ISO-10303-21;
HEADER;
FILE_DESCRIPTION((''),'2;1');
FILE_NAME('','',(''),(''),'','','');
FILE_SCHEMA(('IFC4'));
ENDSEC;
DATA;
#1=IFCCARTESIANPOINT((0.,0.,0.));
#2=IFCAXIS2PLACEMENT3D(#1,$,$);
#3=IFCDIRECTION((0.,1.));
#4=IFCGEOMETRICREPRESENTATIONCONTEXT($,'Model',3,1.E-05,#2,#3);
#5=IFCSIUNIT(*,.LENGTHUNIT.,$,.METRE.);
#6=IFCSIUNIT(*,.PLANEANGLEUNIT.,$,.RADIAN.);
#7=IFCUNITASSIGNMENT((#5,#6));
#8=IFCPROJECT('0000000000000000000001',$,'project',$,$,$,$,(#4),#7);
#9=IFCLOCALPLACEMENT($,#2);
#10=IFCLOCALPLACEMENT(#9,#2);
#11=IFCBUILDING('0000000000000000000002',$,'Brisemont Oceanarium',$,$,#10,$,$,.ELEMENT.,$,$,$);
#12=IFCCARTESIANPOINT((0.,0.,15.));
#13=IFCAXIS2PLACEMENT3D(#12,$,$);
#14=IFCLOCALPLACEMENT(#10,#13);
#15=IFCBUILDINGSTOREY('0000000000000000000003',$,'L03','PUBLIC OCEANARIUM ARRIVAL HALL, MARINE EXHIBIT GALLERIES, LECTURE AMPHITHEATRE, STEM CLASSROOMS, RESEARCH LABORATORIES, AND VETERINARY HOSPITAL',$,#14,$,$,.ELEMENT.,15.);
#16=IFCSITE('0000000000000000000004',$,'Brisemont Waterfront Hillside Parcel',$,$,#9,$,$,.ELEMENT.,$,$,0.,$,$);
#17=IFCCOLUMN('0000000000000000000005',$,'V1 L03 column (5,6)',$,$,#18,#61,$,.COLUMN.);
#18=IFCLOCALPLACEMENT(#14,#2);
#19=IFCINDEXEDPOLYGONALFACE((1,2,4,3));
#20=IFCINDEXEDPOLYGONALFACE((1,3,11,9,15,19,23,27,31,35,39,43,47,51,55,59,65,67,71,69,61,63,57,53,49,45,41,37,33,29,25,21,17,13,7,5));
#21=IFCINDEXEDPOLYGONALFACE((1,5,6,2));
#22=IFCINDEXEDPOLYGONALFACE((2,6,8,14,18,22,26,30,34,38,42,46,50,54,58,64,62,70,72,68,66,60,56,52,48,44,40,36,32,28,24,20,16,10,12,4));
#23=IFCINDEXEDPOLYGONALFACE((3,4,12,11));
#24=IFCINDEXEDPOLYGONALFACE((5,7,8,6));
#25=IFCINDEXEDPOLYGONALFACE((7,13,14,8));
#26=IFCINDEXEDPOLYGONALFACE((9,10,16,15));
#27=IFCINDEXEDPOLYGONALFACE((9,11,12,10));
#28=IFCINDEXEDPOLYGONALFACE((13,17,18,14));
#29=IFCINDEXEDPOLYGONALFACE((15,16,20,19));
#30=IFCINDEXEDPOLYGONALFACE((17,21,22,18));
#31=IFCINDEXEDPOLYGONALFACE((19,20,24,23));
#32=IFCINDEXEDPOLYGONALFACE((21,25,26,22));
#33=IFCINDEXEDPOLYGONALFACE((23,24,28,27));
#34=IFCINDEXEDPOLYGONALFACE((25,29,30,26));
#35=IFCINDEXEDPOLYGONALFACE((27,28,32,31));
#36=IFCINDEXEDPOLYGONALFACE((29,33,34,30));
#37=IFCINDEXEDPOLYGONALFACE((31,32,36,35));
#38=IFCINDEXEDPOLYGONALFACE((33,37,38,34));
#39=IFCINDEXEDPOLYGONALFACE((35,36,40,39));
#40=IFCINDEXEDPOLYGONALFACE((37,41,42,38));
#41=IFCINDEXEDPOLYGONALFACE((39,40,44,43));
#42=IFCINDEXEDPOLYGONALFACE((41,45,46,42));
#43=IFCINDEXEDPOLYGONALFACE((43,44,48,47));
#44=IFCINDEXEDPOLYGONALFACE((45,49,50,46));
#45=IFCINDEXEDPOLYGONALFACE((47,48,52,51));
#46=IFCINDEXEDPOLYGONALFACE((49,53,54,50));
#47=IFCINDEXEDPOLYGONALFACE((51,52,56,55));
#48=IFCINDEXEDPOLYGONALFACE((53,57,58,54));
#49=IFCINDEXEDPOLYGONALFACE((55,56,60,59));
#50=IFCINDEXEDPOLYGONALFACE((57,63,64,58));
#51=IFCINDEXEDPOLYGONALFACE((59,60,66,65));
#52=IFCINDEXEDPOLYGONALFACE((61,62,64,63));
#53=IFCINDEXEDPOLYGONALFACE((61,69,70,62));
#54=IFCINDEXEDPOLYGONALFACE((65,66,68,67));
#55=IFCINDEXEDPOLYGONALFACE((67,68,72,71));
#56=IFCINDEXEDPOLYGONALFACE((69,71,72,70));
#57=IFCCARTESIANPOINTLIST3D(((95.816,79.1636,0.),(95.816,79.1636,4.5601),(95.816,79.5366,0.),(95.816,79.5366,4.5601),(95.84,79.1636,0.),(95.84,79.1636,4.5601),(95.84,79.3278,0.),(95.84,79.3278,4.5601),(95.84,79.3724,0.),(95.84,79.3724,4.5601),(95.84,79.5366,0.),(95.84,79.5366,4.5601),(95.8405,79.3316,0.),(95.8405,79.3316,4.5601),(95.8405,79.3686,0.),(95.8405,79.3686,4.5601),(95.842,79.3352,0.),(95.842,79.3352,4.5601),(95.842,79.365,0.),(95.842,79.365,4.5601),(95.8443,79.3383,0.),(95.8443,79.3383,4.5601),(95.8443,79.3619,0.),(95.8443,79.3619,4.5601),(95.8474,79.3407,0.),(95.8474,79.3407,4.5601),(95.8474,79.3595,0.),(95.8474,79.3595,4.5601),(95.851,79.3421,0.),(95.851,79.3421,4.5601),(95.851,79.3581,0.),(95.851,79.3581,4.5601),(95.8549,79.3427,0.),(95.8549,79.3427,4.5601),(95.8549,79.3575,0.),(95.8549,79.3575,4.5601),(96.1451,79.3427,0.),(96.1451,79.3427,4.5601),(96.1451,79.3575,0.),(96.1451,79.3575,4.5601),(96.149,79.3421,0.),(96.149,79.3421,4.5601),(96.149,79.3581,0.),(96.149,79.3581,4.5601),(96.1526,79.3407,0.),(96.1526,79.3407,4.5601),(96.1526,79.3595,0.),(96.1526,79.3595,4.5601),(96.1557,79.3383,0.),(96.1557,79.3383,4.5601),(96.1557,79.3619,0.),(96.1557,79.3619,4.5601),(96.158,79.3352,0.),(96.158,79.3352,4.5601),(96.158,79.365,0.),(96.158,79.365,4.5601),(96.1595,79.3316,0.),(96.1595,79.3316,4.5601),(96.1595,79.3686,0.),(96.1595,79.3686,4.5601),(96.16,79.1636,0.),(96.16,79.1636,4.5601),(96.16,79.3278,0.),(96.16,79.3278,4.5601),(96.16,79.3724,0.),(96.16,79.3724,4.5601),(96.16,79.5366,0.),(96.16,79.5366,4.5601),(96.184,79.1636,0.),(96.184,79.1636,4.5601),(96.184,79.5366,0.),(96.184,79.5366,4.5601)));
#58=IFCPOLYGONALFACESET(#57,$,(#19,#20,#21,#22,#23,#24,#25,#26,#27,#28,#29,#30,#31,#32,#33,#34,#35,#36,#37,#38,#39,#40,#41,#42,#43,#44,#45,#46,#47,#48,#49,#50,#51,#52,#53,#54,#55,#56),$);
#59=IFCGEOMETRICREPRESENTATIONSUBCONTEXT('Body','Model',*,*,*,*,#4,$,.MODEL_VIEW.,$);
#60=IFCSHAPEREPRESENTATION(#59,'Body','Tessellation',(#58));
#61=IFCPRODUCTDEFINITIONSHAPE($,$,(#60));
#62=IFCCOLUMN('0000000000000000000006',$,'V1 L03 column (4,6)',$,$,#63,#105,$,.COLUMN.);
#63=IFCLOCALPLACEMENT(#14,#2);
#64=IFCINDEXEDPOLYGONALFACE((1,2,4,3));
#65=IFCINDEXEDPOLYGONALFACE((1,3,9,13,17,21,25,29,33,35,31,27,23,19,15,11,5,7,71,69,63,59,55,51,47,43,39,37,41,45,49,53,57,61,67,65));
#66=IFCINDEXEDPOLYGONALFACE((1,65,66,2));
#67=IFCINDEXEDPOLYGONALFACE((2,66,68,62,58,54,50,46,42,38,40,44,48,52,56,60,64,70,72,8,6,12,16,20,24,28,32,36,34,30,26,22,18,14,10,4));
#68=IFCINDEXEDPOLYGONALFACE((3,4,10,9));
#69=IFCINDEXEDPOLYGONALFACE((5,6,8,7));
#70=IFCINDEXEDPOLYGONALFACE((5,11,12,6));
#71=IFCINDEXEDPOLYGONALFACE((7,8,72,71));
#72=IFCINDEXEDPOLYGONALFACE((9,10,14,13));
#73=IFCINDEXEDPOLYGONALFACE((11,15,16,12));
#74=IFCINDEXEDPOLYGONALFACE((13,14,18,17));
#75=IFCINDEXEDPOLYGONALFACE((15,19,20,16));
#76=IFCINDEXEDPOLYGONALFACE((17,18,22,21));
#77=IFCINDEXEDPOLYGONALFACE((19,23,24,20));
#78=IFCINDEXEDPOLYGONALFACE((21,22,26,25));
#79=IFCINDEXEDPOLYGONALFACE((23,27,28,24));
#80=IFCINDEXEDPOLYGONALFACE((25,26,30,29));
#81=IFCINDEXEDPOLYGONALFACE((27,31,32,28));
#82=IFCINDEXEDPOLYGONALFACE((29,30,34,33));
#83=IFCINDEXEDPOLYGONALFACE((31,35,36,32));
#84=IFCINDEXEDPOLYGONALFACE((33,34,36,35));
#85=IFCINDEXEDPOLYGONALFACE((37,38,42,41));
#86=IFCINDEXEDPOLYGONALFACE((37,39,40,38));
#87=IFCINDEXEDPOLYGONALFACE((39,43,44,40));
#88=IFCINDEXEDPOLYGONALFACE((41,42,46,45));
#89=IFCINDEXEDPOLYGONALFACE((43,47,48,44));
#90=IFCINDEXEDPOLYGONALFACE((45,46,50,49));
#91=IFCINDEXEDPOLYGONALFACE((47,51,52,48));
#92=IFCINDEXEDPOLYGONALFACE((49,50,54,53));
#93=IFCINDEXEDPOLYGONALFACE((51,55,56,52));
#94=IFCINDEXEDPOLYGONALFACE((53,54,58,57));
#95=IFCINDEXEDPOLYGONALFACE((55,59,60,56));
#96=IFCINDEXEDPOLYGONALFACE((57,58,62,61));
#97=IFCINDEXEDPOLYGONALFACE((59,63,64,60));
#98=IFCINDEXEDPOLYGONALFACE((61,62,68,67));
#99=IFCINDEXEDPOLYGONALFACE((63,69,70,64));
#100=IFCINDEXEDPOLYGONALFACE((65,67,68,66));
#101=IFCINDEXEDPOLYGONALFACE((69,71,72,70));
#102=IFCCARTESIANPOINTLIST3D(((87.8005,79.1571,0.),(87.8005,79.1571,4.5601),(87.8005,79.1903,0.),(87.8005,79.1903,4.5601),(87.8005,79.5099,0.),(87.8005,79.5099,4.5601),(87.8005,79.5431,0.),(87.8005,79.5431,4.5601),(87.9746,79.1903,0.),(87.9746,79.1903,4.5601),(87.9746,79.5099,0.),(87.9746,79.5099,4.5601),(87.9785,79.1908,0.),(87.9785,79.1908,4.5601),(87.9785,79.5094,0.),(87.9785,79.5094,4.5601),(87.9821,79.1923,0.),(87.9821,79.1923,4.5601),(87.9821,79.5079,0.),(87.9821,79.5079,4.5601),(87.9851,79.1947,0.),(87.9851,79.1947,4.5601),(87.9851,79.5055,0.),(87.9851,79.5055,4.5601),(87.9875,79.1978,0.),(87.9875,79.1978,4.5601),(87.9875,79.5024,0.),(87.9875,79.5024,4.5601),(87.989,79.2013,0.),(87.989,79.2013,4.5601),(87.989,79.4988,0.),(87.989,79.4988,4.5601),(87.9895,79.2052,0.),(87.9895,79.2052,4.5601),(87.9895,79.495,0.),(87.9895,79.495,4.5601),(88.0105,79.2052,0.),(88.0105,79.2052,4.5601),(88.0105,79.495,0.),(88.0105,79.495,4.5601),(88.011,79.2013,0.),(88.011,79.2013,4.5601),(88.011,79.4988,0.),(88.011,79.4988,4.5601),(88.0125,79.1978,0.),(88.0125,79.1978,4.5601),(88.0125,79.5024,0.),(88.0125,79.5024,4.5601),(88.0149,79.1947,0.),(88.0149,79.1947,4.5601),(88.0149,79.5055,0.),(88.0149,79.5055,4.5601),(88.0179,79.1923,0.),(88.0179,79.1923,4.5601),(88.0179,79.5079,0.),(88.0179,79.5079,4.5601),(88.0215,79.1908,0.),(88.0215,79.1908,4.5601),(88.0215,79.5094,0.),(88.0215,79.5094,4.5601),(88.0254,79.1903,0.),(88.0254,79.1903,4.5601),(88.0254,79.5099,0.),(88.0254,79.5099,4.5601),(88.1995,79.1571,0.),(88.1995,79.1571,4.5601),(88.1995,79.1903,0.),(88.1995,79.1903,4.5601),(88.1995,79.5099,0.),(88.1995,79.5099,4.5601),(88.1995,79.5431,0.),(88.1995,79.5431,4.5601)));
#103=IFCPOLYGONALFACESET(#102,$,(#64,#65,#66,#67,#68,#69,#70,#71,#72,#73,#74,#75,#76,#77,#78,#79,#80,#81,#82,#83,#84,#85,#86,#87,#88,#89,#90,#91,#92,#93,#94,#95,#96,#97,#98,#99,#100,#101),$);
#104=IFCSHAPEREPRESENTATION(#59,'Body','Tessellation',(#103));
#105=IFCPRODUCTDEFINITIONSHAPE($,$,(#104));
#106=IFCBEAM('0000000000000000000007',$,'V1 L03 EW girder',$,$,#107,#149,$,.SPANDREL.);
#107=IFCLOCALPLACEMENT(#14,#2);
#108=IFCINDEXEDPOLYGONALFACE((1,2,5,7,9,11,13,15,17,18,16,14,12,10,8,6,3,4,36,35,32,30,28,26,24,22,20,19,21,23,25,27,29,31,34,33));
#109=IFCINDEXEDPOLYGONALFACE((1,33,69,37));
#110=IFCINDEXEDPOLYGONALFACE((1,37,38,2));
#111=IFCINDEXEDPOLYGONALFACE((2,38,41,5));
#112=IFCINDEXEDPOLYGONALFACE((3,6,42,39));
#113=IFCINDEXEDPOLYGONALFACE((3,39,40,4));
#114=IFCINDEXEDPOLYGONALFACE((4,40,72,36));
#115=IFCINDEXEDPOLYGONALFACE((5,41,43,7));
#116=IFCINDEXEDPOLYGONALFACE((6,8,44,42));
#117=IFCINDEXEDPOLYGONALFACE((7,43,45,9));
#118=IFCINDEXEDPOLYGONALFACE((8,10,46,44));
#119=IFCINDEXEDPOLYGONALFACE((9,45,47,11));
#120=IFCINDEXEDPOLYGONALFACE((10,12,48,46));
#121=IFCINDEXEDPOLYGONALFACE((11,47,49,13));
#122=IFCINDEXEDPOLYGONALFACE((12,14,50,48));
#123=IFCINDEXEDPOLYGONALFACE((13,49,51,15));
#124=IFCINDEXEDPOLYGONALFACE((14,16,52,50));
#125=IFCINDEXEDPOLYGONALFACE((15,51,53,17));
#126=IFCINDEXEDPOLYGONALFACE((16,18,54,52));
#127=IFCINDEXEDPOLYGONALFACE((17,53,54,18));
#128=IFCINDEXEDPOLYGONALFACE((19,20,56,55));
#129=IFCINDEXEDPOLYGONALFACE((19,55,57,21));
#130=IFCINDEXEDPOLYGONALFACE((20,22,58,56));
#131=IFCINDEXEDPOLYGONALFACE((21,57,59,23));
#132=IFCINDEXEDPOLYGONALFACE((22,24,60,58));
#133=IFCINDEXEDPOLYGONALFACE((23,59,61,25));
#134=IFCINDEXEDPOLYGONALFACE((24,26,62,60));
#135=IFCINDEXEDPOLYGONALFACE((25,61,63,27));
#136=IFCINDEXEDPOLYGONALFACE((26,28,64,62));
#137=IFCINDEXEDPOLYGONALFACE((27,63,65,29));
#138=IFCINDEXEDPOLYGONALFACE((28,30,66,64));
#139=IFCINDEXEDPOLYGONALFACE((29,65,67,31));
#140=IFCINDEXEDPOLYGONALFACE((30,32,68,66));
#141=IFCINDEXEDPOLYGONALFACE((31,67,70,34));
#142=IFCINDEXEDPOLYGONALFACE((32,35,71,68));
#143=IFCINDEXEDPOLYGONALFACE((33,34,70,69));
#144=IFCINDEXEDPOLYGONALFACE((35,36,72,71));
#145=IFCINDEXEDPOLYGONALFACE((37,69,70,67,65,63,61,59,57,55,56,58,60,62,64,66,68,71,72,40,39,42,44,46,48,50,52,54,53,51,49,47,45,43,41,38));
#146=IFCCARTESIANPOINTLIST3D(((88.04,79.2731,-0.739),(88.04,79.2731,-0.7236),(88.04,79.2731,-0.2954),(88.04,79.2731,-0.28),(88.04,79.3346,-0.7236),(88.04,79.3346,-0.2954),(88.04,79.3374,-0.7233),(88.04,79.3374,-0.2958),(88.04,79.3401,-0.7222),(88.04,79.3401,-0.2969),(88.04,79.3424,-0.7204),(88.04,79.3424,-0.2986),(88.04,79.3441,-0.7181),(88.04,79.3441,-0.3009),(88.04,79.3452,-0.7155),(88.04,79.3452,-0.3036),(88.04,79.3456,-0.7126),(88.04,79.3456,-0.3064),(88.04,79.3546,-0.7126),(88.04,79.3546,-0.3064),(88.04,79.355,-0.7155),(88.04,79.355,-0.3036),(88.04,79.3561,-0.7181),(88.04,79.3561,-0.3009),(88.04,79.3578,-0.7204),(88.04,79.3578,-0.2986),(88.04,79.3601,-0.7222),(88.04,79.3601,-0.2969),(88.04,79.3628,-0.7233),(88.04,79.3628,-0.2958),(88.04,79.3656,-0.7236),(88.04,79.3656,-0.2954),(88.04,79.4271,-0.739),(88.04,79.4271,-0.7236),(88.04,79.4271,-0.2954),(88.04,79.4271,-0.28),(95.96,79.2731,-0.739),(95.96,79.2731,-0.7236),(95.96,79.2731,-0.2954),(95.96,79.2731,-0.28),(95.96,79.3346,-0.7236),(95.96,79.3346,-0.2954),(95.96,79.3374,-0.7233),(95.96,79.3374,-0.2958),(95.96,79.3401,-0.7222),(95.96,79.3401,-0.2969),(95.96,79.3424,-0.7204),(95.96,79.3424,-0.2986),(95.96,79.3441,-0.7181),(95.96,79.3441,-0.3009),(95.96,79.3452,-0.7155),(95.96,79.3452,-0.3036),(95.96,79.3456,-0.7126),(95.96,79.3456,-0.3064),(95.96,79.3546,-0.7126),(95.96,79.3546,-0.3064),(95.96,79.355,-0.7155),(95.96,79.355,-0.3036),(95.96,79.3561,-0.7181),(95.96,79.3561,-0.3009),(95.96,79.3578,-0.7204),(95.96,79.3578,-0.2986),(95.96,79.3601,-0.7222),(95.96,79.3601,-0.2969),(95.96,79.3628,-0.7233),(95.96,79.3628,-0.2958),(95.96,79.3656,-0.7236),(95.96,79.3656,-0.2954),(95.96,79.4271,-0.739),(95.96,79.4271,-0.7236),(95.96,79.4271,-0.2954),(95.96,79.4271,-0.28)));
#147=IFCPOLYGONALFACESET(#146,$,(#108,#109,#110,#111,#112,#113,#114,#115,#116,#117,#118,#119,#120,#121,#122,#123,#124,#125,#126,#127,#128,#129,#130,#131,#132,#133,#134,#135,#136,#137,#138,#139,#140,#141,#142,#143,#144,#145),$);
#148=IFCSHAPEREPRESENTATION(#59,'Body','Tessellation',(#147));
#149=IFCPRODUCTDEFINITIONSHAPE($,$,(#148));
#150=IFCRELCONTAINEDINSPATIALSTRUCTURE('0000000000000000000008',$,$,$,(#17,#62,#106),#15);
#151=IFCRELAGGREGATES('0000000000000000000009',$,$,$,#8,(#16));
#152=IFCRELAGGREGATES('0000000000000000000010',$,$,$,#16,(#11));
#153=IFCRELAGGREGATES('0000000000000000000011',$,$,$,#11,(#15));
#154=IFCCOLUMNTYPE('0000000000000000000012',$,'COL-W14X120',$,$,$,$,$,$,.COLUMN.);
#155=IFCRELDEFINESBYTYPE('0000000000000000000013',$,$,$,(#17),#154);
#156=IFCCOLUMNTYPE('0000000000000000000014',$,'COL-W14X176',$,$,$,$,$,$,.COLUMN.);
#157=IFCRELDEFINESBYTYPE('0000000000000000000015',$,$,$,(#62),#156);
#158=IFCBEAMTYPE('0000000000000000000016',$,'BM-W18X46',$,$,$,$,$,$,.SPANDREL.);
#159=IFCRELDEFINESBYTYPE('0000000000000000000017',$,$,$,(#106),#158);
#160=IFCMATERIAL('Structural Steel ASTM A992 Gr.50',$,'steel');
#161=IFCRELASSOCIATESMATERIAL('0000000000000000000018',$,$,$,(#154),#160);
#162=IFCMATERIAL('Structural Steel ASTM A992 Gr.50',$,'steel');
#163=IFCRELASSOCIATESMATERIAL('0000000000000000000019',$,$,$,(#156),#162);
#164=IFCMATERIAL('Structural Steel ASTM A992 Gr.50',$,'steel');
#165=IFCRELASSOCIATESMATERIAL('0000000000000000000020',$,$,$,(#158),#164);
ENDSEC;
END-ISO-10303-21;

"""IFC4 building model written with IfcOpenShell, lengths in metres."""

from ifc_helpers import new_model, si_unit, direction, frame, origin, origin_2d, place, context, subcontext, project, spatial, i_section, extrude, material, material_profile, profile_set, type_object, element, save


model = new_model("IFC4")

# Units and contexts
model_context = context("Model", 3, precision=1e-05, world=origin(), true_north=direction((0.0, 1.0)))
body_context = subcontext(model_context, "Body", "Model", "MODEL_VIEW")
ifc_project = project(units=[si_unit("LENGTHUNIT", "METRE"), si_unit("PLANEANGLEUNIT", "RADIAN")], contexts=[model_context])

# Site, building, storey
site_placement = place(None, origin())
site = spatial("IfcSite", under=ifc_project, at=site_placement, Name="Brisemont Waterfront Hillside Parcel", CompositionType="ELEMENT", RefElevation=0.0)
building_placement = place(site_placement, origin())
building = spatial("IfcBuilding", under=site, at=building_placement, Name="Brisemont Oceanarium", CompositionType="ELEMENT")
storey_placement = place(building_placement, frame((0.0, 0.0, 15.0)))
storey = spatial("IfcBuildingStorey", under=building, at=storey_placement, Name="L03", Description="PUBLIC OCEANARIUM ARRIVAL HALL, MARINE EXHIBIT GALLERIES, LECTURE AMPHITHEATRE, STEM CLASSROOMS, RESEARCH LABORATORIES, AND VETERINARY HOSPITAL", CompositionType="ELEMENT", Elevation=15.0)

# Columns
ifc_material_1 = material(Name="Structural Steel ASTM A992 Gr.50", Category="steel")
ifc_material_profile_1 = material_profile(ifc_material_1, i_section(OverallWidth=0.373, OverallDepth=0.3679, WebThickness=0.0149, FlangeThickness=0.0239, FilletRadius=0.0149, at=origin_2d()), Name="W14X120")
ifc_profile_set_1 = profile_set([ifc_material_profile_1], Name="Structural Steel ASTM A992 Gr.50")
column_type_1 = type_object("IfcColumnType", Name="COL-W14X120", PredefinedType="COLUMN", material=ifc_profile_set_1)
column_1_placement = place(storey_placement, frame((96.0, 79.3501, 0.0), z_axis=(0.0, 0.0, 1.0), x_axis=(0.0, 1.0, 0.0)))
element("IfcColumn", 1, at=column_1_placement, inside=storey, type_object=column_type_1, Name="V1 L03 column (5,6)", PredefinedType="COLUMN", context=body_context, shape_type="SweptSolid", body=[
    extrude(i_section(OverallWidth=0.373, OverallDepth=0.3679, WebThickness=0.0149, FlangeThickness=0.0239, FilletRadius=0.0149, at=origin_2d()), origin(), (0.0, 0.0, 1.0), 4.5601),
])
ifc_material_2 = material(Name="Structural Steel ASTM A992 Gr.50", Category="steel")
ifc_material_profile_2 = material_profile(ifc_material_2, i_section(OverallWidth=0.3989, OverallDepth=0.386, WebThickness=0.021, FlangeThickness=0.0332, FilletRadius=0.0149, at=origin_2d()), Name="W14X176")
ifc_profile_set_2 = profile_set([ifc_material_profile_2], Name="Structural Steel ASTM A992 Gr.50")
column_type_2 = type_object("IfcColumnType", Name="COL-W14X176", PredefinedType="COLUMN", material=ifc_profile_set_2)
column_2_placement = place(storey_placement, frame((88.0, 79.3501, 0.0), z_axis=(0.0, 0.0, 1.0), x_axis=(1.0, 0.0, 0.0)))
element("IfcColumn", 2, at=column_2_placement, inside=storey, type_object=column_type_2, Name="V1 L03 column (4,6)", PredefinedType="COLUMN", context=body_context, shape_type="SweptSolid", body=[
    extrude(i_section(OverallWidth=0.3989, OverallDepth=0.386, WebThickness=0.021, FlangeThickness=0.0332, FilletRadius=0.0149, at=origin_2d()), origin(), (0.0, 0.0, 1.0), 4.5601),
])

# Beam
ifc_material_3 = material(Name="Structural Steel ASTM A992 Gr.50", Category="steel")
ifc_material_profile_3 = material_profile(ifc_material_3, i_section(OverallWidth=0.1541, OverallDepth=0.459, WebThickness=0.009, FlangeThickness=0.0154, FilletRadius=0.011, at=origin_2d()), Name="W18X46")
ifc_profile_set_3 = profile_set([ifc_material_profile_3], Name="Structural Steel ASTM A992 Gr.50")
beam_type_1 = type_object("IfcBeamType", Name="BM-W18X46", PredefinedType="SPANDREL", material=ifc_profile_set_3)
beam_1_placement = place(storey_placement, frame((88.04, 79.3501, -0.5095), z_axis=(1.0, 0.0, 0.0), x_axis=(0.0, 1.0, 0.0)))
element("IfcBeam", 3, at=beam_1_placement, inside=storey, type_object=beam_type_1, Name="V1 L03 EW girder", PredefinedType="SPANDREL", context=body_context, shape_type="SweptSolid", body=[
    extrude(i_section(OverallWidth=0.1541, OverallDepth=0.459, WebThickness=0.009, FlangeThickness=0.0154, FilletRadius=0.011, at=origin_2d()), origin(), (0.0, 0.0, 1.0), 7.9199),
])

save(model, "model.ifc")
